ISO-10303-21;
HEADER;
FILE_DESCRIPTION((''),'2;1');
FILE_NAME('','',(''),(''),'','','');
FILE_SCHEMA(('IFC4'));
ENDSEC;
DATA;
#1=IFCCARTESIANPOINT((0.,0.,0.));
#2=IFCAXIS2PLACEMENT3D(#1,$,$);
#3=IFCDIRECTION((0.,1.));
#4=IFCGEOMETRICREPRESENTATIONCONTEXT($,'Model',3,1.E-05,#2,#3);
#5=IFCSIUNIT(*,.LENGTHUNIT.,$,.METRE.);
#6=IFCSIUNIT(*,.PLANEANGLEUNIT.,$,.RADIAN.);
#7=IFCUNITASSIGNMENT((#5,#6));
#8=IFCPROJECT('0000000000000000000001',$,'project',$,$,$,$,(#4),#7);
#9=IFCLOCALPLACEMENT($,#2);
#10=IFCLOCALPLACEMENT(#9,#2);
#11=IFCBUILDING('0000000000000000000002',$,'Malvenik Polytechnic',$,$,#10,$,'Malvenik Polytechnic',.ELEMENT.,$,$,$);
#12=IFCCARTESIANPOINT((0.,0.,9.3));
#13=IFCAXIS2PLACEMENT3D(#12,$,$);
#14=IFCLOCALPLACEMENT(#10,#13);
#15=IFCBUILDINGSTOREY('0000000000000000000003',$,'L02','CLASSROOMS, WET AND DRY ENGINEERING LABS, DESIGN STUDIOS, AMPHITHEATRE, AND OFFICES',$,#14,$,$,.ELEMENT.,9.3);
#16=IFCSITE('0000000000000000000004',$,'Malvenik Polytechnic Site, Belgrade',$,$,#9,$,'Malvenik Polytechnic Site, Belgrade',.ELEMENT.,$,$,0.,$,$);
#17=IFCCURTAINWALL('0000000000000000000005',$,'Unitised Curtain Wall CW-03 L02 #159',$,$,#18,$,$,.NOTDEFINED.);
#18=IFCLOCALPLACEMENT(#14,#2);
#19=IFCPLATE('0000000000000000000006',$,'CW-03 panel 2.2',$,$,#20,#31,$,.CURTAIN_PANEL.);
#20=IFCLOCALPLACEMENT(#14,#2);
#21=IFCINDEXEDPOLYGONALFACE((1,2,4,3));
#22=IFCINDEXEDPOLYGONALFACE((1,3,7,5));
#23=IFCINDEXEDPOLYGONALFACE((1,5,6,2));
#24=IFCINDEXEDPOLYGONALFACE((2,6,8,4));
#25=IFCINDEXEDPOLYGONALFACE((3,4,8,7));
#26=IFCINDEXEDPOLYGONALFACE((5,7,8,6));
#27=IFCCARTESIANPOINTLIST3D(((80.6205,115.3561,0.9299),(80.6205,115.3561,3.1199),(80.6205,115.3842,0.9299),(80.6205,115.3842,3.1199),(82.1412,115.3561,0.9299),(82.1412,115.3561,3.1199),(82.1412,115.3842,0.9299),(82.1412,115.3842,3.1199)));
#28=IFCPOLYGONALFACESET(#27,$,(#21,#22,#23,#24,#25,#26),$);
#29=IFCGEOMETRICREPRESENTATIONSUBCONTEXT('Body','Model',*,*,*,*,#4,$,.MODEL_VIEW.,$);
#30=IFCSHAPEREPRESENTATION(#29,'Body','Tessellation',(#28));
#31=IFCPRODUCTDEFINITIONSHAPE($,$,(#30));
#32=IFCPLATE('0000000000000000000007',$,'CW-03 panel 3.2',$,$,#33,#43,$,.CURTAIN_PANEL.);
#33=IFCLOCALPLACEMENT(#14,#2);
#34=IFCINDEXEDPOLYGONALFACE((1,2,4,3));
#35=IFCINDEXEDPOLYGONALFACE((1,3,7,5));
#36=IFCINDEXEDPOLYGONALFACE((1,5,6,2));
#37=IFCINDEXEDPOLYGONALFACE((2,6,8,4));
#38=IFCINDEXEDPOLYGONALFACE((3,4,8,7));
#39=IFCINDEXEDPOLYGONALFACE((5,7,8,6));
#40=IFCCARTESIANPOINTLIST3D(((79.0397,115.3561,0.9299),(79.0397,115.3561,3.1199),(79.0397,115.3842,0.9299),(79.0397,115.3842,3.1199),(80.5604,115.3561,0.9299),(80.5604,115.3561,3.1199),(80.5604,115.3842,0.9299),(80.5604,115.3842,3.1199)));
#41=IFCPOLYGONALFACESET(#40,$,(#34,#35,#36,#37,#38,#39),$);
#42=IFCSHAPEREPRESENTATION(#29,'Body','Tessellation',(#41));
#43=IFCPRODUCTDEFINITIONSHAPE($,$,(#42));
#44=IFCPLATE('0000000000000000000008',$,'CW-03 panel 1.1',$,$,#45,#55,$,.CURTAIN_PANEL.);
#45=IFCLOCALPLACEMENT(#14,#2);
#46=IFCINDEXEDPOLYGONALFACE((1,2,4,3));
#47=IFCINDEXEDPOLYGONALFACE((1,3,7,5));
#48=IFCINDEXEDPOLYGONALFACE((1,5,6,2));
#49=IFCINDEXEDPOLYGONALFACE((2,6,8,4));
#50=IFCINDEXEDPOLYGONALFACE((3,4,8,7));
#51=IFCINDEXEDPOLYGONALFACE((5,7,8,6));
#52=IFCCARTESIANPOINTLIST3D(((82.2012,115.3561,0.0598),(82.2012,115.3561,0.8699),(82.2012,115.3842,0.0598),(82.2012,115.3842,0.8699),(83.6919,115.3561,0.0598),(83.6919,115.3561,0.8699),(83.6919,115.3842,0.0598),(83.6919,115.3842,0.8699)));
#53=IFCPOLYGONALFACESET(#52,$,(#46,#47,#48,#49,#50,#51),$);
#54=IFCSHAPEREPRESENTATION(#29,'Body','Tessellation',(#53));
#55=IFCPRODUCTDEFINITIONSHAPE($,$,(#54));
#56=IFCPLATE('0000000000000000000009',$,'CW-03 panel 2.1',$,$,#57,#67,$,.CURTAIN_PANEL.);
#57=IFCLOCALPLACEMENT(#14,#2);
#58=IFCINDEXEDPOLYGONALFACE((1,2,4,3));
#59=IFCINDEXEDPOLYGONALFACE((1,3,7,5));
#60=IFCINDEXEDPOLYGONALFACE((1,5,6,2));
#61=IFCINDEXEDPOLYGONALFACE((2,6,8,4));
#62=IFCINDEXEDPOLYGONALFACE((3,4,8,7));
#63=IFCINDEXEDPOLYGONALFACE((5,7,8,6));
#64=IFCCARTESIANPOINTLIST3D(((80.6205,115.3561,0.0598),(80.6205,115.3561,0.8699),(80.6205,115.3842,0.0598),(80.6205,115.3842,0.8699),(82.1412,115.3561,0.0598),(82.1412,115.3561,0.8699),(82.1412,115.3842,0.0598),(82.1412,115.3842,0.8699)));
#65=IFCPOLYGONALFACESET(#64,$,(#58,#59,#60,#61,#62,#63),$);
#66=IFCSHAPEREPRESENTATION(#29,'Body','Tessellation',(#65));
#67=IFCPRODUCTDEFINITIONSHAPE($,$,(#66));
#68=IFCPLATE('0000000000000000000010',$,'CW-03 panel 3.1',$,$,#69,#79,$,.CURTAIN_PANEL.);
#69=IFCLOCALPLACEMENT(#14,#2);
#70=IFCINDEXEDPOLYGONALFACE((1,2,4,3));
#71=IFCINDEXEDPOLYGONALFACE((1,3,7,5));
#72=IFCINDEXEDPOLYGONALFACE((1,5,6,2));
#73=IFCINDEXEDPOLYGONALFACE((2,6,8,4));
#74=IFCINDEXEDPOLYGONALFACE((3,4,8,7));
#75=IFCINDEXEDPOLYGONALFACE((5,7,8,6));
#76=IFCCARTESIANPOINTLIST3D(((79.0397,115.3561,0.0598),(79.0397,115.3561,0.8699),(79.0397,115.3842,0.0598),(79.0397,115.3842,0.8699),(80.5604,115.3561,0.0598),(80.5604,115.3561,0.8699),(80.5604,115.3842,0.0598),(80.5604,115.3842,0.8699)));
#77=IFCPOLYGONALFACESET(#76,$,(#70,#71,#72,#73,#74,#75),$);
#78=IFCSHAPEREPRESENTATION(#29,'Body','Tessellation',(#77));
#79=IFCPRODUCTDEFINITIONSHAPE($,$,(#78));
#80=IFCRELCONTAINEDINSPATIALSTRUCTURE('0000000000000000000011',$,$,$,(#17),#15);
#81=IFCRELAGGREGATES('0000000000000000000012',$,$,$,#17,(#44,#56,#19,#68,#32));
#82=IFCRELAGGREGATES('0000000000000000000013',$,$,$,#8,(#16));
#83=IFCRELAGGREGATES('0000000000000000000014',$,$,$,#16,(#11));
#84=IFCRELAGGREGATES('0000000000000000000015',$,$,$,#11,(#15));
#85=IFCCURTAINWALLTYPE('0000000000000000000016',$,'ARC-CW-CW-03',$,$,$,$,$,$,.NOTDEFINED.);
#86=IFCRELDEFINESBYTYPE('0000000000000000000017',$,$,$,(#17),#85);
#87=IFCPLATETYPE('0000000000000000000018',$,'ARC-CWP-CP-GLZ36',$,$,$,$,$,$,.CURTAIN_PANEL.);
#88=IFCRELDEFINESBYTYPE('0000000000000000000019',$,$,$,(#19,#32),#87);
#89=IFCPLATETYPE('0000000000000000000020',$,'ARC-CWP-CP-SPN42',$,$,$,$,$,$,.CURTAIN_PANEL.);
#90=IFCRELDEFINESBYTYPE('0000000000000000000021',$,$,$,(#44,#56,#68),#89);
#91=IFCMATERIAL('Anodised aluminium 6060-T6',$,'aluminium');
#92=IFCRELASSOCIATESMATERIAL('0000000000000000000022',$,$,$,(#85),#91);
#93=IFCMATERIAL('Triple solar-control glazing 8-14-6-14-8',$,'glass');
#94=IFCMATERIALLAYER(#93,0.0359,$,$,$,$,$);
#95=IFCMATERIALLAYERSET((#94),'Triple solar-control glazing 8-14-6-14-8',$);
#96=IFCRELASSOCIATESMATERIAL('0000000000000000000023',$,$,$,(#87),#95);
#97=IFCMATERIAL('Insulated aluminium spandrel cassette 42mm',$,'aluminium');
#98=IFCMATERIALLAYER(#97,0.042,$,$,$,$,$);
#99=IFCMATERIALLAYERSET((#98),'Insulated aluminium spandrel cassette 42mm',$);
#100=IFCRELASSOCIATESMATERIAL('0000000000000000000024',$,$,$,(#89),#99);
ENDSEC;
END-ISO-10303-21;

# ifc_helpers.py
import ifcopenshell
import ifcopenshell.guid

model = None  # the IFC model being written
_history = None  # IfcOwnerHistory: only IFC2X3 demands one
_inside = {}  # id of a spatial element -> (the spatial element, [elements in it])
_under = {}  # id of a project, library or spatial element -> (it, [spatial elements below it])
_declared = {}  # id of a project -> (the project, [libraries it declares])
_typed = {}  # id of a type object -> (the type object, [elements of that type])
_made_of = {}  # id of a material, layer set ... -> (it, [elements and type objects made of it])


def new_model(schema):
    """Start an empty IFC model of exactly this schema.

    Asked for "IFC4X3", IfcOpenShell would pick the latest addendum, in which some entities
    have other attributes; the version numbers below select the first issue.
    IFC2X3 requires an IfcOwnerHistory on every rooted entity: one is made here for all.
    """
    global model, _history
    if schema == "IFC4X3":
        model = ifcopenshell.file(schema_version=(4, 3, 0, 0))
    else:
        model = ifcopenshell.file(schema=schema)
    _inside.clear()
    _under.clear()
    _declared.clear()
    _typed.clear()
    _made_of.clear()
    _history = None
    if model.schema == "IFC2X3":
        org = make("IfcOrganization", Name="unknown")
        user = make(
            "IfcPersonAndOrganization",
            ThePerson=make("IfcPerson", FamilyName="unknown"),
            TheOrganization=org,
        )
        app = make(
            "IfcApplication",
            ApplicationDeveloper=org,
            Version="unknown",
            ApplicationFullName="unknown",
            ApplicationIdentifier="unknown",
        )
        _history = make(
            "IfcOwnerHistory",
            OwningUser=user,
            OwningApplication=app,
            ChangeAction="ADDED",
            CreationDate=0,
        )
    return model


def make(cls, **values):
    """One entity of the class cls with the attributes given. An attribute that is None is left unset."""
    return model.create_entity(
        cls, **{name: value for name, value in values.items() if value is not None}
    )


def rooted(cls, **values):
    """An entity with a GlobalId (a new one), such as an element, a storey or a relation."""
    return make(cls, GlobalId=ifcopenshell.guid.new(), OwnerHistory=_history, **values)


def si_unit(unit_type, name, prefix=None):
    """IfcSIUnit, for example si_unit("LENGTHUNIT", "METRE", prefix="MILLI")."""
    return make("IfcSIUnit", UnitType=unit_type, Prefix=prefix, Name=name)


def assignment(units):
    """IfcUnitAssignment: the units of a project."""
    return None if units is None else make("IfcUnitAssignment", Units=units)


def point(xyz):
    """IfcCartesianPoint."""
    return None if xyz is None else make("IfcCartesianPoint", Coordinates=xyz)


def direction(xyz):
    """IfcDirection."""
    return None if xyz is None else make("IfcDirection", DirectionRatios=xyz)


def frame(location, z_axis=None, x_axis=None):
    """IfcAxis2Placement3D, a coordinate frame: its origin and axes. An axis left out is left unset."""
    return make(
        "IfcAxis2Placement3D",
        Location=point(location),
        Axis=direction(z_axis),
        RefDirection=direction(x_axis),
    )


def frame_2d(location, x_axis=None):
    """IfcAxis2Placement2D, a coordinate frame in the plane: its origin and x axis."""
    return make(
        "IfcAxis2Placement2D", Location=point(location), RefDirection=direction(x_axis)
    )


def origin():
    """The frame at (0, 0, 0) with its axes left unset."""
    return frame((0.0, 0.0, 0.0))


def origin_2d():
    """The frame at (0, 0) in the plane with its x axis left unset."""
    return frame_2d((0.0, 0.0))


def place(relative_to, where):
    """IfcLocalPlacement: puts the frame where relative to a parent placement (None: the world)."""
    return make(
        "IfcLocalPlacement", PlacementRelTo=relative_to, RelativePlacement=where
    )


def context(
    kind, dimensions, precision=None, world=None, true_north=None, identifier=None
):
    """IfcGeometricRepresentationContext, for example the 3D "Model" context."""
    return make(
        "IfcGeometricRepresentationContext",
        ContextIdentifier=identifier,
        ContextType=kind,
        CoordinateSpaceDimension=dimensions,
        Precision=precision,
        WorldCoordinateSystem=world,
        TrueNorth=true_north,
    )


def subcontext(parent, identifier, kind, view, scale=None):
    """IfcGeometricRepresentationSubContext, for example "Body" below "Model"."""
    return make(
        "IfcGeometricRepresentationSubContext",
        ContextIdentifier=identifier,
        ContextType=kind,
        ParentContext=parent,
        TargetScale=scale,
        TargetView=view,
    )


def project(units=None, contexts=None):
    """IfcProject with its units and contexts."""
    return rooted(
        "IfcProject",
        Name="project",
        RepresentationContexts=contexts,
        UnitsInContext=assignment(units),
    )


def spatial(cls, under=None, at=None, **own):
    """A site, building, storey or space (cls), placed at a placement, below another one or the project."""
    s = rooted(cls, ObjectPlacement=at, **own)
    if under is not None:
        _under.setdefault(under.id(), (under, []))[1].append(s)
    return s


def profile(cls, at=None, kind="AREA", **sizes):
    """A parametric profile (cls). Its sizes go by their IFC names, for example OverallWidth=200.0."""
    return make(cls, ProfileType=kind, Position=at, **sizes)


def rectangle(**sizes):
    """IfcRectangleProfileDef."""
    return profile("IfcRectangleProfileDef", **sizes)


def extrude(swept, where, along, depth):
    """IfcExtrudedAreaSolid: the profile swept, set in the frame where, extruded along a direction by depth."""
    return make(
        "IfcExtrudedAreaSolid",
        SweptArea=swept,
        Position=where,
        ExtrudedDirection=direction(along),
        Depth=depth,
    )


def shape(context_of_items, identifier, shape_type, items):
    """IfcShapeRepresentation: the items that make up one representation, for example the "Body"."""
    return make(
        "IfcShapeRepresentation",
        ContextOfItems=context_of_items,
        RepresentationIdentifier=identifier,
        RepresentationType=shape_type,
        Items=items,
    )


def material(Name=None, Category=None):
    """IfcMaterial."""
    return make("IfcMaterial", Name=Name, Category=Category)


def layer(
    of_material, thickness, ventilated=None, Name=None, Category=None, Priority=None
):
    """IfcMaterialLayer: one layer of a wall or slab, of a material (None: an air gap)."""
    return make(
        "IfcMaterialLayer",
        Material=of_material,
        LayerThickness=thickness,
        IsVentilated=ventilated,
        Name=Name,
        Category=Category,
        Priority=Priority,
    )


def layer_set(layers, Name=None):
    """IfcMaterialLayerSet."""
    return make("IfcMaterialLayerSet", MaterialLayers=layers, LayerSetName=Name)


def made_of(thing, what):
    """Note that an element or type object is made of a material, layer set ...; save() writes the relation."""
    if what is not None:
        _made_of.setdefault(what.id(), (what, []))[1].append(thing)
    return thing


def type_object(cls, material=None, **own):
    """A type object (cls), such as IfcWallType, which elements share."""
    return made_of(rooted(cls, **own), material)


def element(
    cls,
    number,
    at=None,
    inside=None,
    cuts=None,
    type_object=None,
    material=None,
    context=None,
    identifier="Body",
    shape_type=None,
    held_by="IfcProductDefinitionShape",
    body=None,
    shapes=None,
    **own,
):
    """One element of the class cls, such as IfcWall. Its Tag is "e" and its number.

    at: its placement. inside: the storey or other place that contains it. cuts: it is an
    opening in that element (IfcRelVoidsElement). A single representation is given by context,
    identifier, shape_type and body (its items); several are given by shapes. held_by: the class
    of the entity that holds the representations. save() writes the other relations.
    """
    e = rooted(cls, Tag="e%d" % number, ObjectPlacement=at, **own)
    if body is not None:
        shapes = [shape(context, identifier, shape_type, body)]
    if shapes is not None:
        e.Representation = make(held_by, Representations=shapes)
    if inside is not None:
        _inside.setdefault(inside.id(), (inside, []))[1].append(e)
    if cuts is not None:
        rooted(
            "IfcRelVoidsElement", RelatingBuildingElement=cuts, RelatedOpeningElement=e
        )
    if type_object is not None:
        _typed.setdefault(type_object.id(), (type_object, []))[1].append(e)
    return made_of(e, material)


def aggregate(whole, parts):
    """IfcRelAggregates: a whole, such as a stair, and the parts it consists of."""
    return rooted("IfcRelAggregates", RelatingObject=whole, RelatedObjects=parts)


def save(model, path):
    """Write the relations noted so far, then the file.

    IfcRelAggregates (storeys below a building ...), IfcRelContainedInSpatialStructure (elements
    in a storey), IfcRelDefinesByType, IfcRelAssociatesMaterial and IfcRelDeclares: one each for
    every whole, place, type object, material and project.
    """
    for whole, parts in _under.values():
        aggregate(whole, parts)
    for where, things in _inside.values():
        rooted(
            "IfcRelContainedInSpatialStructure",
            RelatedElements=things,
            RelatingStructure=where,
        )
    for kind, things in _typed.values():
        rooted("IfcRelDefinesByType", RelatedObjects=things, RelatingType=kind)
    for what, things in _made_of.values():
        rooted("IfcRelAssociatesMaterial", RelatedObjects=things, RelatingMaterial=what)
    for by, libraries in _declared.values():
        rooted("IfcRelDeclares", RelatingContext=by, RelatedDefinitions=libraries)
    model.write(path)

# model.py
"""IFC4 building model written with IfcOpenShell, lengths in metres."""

from ifc_helpers import new_model, si_unit, direction, frame, origin, origin_2d, place, context, subcontext, project, spatial, rectangle, extrude, material, layer, layer_set, type_object, element, aggregate, save


model = new_model("IFC4")

# Units and contexts
model_context = context("Model", 3, precision=1e-05, world=origin(), true_north=direction((0.0, 1.0)))
body_context = subcontext(model_context, "Body", "Model", "MODEL_VIEW")
ifc_project = project(units=[si_unit("LENGTHUNIT", "METRE"), si_unit("PLANEANGLEUNIT", "RADIAN")], contexts=[model_context])

# Site, building, storey
site_placement = place(None, origin())
site = spatial("IfcSite", under=ifc_project, at=site_placement, Name="Malvenik Polytechnic Site, Belgrade", LongName="Malvenik Polytechnic Site, Belgrade", CompositionType="ELEMENT", RefElevation=0.0)
building_placement = place(site_placement, origin())
building = spatial("IfcBuilding", under=site, at=building_placement, Name="Malvenik Polytechnic", LongName="Malvenik Polytechnic", CompositionType="ELEMENT")
storey_placement = place(building_placement, frame((0.0, 0.0, 9.3)))
storey = spatial("IfcBuildingStorey", under=building, at=storey_placement, Name="L02", Description="CLASSROOMS, WET AND DRY ENGINEERING LABS, DESIGN STUDIOS, AMPHITHEATRE, AND OFFICES", CompositionType="ELEMENT", Elevation=9.3)

# Curtain wall
ifc_material_1 = material(Name="Anodised aluminium 6060-T6", Category="aluminium")
curtain_wall_type = type_object("IfcCurtainWallType", Name="ARC-CW-CW-03", PredefinedType="NOTDEFINED", material=ifc_material_1)
curtain_wall_placement = place(storey_placement, origin())
curtain_wall = element("IfcCurtainWall", 1, at=curtain_wall_placement, inside=storey, type_object=curtain_wall_type, Name="Unitised Curtain Wall CW-03 L02 #159", PredefinedType="NOTDEFINED")

# Plates
ifc_material_2 = material(Name="Triple solar-control glazing 8-14-6-14-8", Category="glass")
ifc_layer_1 = layer(ifc_material_2, 0.0359)
ifc_layer_set_1 = layer_set([ifc_layer_1], Name="Triple solar-control glazing 8-14-6-14-8")
plate_type_1 = type_object("IfcPlateType", Name="ARC-CWP-CP-GLZ36", PredefinedType="CURTAIN_PANEL", material=ifc_layer_set_1)
plate_1_placement = place(storey_placement, frame((81.3809, 115.3701, 0.9299), z_axis=(0.0, 0.0, 1.0), x_axis=(-1.0, 0.0, 0.0)))
plate_1 = element("IfcPlate", 2, at=plate_1_placement, type_object=plate_type_1, Name="CW-03 panel 2.2", PredefinedType="CURTAIN_PANEL", context=body_context, shape_type="SweptSolid", body=[
    extrude(rectangle(XDim=1.5208, YDim=0.0281, at=origin_2d()), origin(), (0.0, 0.0, 1.0), 2.1899),
])
plate_2_placement = place(storey_placement, frame((79.8, 115.3701, 0.9299), z_axis=(0.0, 0.0, 1.0), x_axis=(-1.0, 0.0, 0.0)))
plate_2 = element("IfcPlate", 3, at=plate_2_placement, type_object=plate_type_1, Name="CW-03 panel 3.2", PredefinedType="CURTAIN_PANEL", context=body_context, shape_type="SweptSolid", body=[
    extrude(rectangle(XDim=1.5208, YDim=0.0281, at=origin_2d()), origin(), (0.0, 0.0, 1.0), 2.1899),
])
ifc_material_3 = material(Name="Insulated aluminium spandrel cassette 42mm", Category="aluminium")
ifc_layer_2 = layer(ifc_material_3, 0.042)
ifc_layer_set_2 = layer_set([ifc_layer_2], Name="Insulated aluminium spandrel cassette 42mm")
plate_type_2 = type_object("IfcPlateType", Name="ARC-CWP-CP-SPN42", PredefinedType="CURTAIN_PANEL", material=ifc_layer_set_2)
plate_3_placement = place(storey_placement, frame((82.9465, 115.3701, 0.0598), z_axis=(0.0, 0.0, 1.0), x_axis=(-1.0, 0.0, 0.0)))
plate_3 = element("IfcPlate", 4, at=plate_3_placement, type_object=plate_type_2, Name="CW-03 panel 1.1", PredefinedType="CURTAIN_PANEL", context=body_context, shape_type="SweptSolid", body=[
    extrude(rectangle(XDim=1.4907, YDim=0.0281, at=origin_2d()), origin(), (0.0, 0.0, 1.0), 0.8101),
])
plate_4_placement = place(storey_placement, frame((81.3809, 115.3701, 0.0598), z_axis=(0.0, 0.0, 1.0), x_axis=(-1.0, 0.0, 0.0)))
plate_4 = element("IfcPlate", 5, at=plate_4_placement, type_object=plate_type_2, Name="CW-03 panel 2.1", PredefinedType="CURTAIN_PANEL", context=body_context, shape_type="SweptSolid", body=[
    extrude(rectangle(XDim=1.5208, YDim=0.0281, at=origin_2d()), origin(), (0.0, 0.0, 1.0), 0.8101),
])
plate_5_placement = place(storey_placement, frame((79.8, 115.3701, 0.0598), z_axis=(0.0, 0.0, 1.0), x_axis=(-1.0, 0.0, 0.0)))
plate_5 = element("IfcPlate", 6, at=plate_5_placement, type_object=plate_type_2, Name="CW-03 panel 3.1", PredefinedType="CURTAIN_PANEL", context=body_context, shape_type="SweptSolid", body=[
    extrude(rectangle(XDim=1.5208, YDim=0.0281, at=origin_2d()), origin(), (0.0, 0.0, 1.0), 0.8101),
])
aggregate(curtain_wall, [plate_3, plate_4, plate_1, plate_5, plate_2])

save(model, "model.ifc")
